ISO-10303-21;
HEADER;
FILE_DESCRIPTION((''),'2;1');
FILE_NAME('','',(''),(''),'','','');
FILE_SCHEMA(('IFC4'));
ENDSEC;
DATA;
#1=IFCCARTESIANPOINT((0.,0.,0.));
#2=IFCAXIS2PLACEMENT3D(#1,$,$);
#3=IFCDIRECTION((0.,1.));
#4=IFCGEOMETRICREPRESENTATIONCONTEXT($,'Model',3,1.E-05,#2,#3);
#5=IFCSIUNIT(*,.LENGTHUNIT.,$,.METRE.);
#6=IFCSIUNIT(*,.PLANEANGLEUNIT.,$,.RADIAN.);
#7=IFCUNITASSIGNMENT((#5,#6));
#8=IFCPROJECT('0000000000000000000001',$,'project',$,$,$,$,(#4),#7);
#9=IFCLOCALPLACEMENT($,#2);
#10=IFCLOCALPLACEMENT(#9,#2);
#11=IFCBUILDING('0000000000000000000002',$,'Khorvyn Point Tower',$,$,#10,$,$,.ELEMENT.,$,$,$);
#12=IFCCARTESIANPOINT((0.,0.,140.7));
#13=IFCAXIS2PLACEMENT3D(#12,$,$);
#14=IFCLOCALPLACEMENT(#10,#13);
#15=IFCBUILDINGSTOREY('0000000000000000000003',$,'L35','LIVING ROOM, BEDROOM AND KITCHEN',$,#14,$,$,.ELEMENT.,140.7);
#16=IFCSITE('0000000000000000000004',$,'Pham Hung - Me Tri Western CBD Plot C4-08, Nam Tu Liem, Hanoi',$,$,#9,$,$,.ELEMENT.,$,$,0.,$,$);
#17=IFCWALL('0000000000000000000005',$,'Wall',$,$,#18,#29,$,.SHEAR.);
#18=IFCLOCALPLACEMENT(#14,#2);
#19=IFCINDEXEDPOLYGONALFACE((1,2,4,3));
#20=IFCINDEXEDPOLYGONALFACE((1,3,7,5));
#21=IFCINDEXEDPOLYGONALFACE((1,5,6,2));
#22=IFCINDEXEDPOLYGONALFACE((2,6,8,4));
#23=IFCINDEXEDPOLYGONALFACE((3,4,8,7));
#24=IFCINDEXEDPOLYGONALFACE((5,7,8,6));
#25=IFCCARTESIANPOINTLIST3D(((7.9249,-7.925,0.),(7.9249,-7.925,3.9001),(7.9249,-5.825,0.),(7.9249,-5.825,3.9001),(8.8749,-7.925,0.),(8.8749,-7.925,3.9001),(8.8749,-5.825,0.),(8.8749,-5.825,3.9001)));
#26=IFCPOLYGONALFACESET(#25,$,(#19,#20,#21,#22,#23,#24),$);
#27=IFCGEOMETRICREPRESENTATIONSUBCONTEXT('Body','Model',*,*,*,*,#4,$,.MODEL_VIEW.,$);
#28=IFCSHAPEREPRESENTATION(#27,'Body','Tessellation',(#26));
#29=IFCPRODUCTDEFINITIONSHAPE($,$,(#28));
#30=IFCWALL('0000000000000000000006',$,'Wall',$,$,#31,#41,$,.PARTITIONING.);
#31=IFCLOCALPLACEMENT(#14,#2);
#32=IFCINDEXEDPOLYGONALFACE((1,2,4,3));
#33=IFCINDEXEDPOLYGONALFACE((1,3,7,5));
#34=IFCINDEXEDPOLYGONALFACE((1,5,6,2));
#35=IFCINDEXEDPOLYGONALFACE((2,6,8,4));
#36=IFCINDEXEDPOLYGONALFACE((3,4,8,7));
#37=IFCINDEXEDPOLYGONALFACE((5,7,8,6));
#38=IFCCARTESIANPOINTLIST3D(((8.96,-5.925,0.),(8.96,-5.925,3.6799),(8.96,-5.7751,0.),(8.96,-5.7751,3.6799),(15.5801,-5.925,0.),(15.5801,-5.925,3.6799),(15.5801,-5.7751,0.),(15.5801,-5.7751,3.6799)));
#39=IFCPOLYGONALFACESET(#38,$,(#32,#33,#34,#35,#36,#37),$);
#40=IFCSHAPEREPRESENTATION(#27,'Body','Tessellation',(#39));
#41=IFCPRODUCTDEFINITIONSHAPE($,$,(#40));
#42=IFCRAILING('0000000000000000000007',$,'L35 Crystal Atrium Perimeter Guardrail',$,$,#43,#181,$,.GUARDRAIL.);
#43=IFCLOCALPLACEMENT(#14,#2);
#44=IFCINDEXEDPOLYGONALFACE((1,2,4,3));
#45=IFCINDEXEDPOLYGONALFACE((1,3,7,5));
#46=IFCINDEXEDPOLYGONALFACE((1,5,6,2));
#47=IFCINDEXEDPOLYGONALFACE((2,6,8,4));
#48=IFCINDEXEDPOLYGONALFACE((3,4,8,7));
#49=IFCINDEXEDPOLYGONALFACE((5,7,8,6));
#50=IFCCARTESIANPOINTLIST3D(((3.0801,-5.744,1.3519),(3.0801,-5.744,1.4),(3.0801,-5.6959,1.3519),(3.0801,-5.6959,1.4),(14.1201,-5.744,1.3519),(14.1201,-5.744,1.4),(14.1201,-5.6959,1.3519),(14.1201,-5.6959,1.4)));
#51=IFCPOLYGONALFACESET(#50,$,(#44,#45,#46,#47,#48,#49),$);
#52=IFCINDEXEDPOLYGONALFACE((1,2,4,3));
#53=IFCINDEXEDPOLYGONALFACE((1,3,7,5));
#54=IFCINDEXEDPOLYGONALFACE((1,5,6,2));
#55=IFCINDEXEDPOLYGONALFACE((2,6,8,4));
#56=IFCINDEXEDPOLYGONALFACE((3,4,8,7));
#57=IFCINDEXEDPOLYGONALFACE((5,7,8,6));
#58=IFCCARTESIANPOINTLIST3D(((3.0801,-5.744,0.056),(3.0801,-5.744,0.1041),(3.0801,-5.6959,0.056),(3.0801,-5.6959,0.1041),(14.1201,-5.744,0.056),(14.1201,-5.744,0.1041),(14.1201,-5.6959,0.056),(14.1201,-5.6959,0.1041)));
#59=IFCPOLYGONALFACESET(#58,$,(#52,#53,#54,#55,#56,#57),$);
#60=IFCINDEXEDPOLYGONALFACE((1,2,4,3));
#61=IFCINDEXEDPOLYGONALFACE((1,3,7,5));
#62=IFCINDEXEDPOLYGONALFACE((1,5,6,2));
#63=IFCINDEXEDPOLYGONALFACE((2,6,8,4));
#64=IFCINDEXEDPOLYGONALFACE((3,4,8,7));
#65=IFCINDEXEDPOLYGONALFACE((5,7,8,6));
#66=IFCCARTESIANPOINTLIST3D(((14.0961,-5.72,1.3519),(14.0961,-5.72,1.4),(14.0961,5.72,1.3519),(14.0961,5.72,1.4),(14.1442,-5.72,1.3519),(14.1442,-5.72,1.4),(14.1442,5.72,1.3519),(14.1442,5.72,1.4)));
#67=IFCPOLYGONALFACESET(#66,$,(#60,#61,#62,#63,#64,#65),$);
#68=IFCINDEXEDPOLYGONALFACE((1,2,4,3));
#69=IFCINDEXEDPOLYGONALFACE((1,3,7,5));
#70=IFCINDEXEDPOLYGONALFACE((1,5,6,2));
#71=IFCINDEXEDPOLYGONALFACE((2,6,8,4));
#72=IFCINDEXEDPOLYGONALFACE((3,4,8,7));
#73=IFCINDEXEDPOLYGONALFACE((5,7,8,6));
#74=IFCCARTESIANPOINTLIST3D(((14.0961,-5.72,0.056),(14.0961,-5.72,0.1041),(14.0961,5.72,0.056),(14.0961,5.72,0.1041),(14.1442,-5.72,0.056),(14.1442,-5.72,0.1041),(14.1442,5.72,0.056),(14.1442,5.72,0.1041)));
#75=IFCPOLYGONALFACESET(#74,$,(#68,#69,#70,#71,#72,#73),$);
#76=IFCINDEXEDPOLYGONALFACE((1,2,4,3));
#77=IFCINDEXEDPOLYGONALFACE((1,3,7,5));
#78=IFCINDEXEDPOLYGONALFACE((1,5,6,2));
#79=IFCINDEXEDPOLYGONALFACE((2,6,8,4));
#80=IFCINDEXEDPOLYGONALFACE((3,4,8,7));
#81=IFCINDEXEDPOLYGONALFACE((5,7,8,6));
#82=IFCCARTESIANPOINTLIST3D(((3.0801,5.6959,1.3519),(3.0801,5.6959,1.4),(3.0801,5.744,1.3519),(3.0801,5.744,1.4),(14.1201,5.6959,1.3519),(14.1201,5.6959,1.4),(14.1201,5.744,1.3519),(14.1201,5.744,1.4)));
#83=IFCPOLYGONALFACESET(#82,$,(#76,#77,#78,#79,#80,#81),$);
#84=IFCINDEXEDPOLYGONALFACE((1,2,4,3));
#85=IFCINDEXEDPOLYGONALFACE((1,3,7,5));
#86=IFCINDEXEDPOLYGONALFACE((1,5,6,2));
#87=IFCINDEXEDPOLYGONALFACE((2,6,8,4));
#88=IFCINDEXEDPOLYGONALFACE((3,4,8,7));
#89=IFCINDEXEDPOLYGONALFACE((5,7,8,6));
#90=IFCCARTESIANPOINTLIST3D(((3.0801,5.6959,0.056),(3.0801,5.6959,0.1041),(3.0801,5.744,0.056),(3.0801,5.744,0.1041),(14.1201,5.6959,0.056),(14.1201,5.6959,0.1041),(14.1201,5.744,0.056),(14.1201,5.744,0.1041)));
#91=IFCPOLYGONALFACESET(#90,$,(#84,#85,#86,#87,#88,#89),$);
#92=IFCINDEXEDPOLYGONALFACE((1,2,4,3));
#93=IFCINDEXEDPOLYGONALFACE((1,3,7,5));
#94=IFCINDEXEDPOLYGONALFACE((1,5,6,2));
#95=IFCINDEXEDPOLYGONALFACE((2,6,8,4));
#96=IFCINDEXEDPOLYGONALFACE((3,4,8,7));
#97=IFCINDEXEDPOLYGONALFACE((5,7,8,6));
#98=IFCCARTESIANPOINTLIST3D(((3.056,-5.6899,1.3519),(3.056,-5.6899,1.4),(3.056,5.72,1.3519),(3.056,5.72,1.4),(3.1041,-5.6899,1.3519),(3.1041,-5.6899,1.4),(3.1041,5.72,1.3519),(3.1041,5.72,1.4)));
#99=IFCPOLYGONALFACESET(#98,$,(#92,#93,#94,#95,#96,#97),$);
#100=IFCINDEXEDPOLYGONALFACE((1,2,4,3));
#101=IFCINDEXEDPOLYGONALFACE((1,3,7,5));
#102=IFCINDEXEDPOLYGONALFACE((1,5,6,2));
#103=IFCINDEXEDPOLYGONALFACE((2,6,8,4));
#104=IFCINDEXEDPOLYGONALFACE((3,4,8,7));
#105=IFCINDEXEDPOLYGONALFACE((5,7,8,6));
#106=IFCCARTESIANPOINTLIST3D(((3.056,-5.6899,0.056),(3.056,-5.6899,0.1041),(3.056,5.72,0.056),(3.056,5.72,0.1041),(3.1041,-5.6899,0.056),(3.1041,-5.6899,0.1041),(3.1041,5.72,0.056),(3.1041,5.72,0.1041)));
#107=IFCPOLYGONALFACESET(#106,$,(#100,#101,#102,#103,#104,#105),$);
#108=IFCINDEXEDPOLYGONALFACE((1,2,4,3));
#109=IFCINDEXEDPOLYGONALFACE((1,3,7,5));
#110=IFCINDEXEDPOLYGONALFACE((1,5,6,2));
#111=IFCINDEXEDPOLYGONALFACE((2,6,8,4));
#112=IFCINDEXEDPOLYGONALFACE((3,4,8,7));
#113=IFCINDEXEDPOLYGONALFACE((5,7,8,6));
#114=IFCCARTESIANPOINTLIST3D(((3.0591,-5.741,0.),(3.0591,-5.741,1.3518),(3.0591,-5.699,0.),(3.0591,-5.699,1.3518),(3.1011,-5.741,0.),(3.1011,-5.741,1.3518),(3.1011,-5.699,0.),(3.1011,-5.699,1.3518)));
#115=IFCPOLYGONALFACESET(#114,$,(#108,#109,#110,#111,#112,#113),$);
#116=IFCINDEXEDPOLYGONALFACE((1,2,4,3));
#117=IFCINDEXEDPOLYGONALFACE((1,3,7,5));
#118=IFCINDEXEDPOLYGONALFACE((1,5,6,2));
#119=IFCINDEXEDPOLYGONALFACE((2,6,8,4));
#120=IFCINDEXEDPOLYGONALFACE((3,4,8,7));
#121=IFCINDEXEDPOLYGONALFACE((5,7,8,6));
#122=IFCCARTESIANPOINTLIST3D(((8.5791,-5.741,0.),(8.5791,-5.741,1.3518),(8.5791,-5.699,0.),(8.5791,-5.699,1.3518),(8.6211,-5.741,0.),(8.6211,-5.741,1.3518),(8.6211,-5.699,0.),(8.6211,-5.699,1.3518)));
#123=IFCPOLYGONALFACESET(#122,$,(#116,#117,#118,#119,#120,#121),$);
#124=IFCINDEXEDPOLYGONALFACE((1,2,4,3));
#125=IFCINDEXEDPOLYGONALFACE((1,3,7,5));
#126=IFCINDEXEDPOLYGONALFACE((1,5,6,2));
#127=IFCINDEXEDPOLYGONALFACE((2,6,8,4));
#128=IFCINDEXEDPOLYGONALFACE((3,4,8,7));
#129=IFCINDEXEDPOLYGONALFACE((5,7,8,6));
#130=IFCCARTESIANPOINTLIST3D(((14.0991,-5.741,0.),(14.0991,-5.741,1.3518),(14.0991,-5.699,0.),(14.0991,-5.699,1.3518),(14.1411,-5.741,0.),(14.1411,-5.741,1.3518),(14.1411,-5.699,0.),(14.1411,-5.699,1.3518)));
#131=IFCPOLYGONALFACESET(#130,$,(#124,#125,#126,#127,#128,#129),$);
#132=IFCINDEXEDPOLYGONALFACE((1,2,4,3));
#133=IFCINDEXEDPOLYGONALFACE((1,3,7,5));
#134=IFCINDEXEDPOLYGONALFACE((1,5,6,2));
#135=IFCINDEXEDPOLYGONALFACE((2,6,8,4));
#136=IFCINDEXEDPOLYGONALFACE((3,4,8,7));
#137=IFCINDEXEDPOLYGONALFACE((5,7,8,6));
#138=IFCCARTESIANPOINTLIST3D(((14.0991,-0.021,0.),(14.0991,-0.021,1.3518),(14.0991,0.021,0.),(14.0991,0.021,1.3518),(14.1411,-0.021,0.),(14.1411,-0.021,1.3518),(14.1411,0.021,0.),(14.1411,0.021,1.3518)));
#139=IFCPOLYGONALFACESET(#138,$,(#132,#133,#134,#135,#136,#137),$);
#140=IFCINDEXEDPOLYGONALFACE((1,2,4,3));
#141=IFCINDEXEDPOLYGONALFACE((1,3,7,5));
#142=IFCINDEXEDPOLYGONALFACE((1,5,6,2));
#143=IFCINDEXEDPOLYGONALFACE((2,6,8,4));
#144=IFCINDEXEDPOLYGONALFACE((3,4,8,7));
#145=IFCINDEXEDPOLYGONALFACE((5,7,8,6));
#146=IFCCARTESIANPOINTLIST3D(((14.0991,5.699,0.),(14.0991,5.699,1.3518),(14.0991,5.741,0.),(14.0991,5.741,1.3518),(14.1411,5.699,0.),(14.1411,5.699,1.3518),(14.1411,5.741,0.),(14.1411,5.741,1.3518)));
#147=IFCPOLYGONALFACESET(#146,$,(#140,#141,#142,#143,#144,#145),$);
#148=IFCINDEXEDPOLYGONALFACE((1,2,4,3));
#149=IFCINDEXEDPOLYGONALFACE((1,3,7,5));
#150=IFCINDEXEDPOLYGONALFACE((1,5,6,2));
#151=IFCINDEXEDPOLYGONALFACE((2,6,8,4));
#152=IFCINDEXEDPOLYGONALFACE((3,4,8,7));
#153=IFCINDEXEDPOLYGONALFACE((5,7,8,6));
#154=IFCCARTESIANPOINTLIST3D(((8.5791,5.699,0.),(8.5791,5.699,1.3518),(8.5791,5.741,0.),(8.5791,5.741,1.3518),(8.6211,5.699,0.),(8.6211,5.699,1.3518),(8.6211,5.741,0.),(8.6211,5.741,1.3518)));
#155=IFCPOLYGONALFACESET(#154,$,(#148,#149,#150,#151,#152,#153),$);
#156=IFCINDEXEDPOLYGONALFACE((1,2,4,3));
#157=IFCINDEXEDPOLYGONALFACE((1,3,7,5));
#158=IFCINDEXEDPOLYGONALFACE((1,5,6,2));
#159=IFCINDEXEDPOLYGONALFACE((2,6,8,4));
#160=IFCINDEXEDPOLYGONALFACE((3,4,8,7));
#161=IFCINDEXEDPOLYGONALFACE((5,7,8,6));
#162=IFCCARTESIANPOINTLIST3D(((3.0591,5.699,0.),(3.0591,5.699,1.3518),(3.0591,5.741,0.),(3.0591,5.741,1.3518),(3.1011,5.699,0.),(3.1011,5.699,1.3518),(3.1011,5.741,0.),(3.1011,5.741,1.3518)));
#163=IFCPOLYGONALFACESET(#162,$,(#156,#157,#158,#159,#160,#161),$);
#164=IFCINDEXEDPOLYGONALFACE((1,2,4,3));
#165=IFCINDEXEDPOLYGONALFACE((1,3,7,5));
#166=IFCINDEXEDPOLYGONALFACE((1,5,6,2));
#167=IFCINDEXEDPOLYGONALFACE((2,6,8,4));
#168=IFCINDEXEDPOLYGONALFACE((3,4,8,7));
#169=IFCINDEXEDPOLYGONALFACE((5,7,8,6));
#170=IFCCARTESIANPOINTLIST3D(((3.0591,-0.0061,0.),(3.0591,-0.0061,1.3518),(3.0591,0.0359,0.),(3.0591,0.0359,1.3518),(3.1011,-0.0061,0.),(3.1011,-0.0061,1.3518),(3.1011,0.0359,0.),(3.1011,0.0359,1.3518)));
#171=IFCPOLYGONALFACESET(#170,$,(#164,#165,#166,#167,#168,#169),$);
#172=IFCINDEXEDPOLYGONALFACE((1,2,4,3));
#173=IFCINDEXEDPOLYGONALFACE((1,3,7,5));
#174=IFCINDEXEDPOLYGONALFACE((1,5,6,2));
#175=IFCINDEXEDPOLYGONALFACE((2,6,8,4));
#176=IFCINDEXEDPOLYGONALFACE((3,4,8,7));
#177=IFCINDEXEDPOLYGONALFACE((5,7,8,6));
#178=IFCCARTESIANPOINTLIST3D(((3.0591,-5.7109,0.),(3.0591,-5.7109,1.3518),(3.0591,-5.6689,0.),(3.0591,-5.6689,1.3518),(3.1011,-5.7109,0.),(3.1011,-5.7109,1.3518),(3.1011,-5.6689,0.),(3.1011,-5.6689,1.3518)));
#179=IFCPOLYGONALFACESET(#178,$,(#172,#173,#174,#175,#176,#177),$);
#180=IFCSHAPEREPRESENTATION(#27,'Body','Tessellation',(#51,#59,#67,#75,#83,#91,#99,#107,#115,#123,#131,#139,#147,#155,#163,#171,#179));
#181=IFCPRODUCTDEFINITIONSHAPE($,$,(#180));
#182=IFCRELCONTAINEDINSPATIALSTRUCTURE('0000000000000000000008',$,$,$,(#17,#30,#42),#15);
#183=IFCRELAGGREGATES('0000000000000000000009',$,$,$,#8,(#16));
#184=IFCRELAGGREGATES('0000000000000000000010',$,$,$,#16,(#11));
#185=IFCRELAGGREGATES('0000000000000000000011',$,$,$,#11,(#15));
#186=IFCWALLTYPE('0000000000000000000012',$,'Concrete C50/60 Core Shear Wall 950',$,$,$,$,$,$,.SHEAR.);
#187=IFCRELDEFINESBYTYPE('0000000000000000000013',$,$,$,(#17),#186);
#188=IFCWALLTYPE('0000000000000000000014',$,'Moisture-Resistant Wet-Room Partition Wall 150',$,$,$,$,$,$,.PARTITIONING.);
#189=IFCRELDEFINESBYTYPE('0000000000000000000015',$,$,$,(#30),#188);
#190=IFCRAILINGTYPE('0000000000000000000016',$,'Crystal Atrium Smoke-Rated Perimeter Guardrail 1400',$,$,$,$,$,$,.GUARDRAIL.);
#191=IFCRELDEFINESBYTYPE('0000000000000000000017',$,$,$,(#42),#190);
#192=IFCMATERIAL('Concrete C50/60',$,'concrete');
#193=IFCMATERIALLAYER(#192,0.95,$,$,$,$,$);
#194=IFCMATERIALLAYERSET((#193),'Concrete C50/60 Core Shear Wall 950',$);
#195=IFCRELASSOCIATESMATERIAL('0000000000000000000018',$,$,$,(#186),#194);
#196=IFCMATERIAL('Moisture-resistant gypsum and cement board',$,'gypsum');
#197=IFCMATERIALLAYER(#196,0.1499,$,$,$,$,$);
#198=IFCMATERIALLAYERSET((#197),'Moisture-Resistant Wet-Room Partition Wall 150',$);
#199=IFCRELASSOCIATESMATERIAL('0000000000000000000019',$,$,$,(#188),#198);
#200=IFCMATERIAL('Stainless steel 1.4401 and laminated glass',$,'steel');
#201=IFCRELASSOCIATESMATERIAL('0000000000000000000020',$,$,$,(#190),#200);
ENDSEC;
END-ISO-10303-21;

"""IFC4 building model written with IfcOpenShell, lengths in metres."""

from ifc_helpers import new_model, si_unit, direction, frame, frame_2d, origin, origin_2d, place, context, subcontext, project, spatial, rectangle, extrude, material, layer, layer_set, type_object, element, save


model = new_model("IFC4")

# Units and contexts
model_context = context("Model", 3, precision=1e-05, world=origin(), true_north=direction((0.0, 1.0)))
body_context = subcontext(model_context, "Body", "Model", "MODEL_VIEW")
ifc_project = project(units=[si_unit("LENGTHUNIT", "METRE"), si_unit("PLANEANGLEUNIT", "RADIAN")], contexts=[model_context])

# Site, building, storey
site_placement = place(None, origin())
site = spatial("IfcSite", under=ifc_project, at=site_placement, Name="Pham Hung - Me Tri Western CBD Plot C4-08, Nam Tu Liem, Hanoi", CompositionType="ELEMENT", RefElevation=0.0)
building_placement = place(site_placement, origin())
building = spatial("IfcBuilding", under=site, at=building_placement, Name="Khorvyn Point Tower", CompositionType="ELEMENT")
storey_placement = place(building_placement, frame((0.0, 0.0, 140.7)))
storey = spatial("IfcBuildingStorey", under=building, at=storey_placement, Name="L35", Description="LIVING ROOM, BEDROOM AND KITCHEN", CompositionType="ELEMENT", Elevation=140.7)

# Shared definitions
ifc_material_1 = material(Name="Concrete C50/60", Category="concrete")

# Walls
ifc_layer_1 = layer(ifc_material_1, 0.95)
ifc_layer_set_1 = layer_set([ifc_layer_1], Name="Concrete C50/60 Core Shear Wall 950")
wall_type_1 = type_object("IfcWallType", Name="Concrete C50/60 Core Shear Wall 950", PredefinedType="SHEAR", material=ifc_layer_set_1)
wall_1_placement = place(storey_placement, frame((8.3999, -7.925, 0.0), z_axis=(0.0, 0.0, 1.0), x_axis=(0.0, 1.0, 0.0)))
element("IfcWall", 1, at=wall_1_placement, inside=storey, type_object=wall_type_1, Name="Wall", PredefinedType="SHEAR", context=body_context, shape_type="SweptSolid", body=[
    extrude(rectangle(XDim=2.1001, YDim=0.95, at=frame_2d((1.05, 0.0))), origin(), (0.0, 0.0, 1.0), 3.9001),
])
ifc_material_2 = material(Name="Moisture-resistant gypsum and cement board", Category="gypsum")
ifc_layer_2 = layer(ifc_material_2, 0.1499)
ifc_layer_set_2 = layer_set([ifc_layer_2], Name="Moisture-Resistant Wet-Room Partition Wall 150")
wall_type_2 = type_object("IfcWallType", Name="Moisture-Resistant Wet-Room Partition Wall 150", PredefinedType="PARTITIONING", material=ifc_layer_set_2)
wall_2_placement = place(storey_placement, frame((8.96, -5.8501, 0.0), z_axis=(0.0, 0.0, 1.0), x_axis=(1.0, 0.0, 0.0)))
element("IfcWall", 2, at=wall_2_placement, inside=storey, type_object=wall_type_2, Name="Wall", PredefinedType="PARTITIONING", context=body_context, shape_type="SweptSolid", body=[
    extrude(rectangle(XDim=6.6201, YDim=0.1499, at=frame_2d((3.3101, 0.0))), origin(), (0.0, 0.0, 1.0), 3.6799),
])

# Railing
ifc_material_3 = material(Name="Stainless steel 1.4401 and laminated glass", Category="steel")
railing_type = type_object("IfcRailingType", Name="Crystal Atrium Smoke-Rated Perimeter Guardrail 1400", PredefinedType="GUARDRAIL", material=ifc_material_3)
railing_placement = place(storey_placement, frame((3.0801, -5.72, 0.0)))
element("IfcRailing", 3, at=railing_placement, inside=storey, type_object=railing_type, Name="L35 Crystal Atrium Perimeter Guardrail", PredefinedType="GUARDRAIL", context=body_context, shape_type="SweptSolid", body=[
    extrude(rectangle(XDim=0.0481, YDim=0.0481, at=origin_2d()), frame((0.0, 0.0, 1.376), z_axis=(1.0, 0.0, 0.0), x_axis=(0.0, 1.0, 0.0)), (0.0, 0.0, 1.0), 11.04),
    extrude(rectangle(XDim=0.0481, YDim=0.0481, at=origin_2d()), frame((0.0, 0.0, 0.0801), z_axis=(1.0, 0.0, 0.0), x_axis=(0.0, 1.0, 0.0)), (0.0, 0.0, 1.0), 11.04),
    extrude(rectangle(XDim=0.0481, YDim=0.0481, at=origin_2d()), frame((11.04, 0.0, 1.376), z_axis=(0.0, 1.0, 0.0), x_axis=(-1.0, 0.0, 0.0)), (0.0, 0.0, 1.0), 11.4399),
    extrude(rectangle(XDim=0.0481, YDim=0.0481, at=origin_2d()), frame((11.04, 0.0, 0.0801), z_axis=(0.0, 1.0, 0.0), x_axis=(-1.0, 0.0, 0.0)), (0.0, 0.0, 1.0), 11.4399),
    extrude(rectangle(XDim=0.0481, YDim=0.0481, at=origin_2d()), frame((11.04, 11.4399, 1.376), z_axis=(-1.0, 0.0, 0.0), x_axis=(0.0, -1.0, 0.0)), (0.0, 0.0, 1.0), 11.04),
    extrude(rectangle(XDim=0.0481, YDim=0.0481, at=origin_2d()), frame((11.04, 11.4399, 0.0801), z_axis=(-1.0, 0.0, 0.0), x_axis=(0.0, -1.0, 0.0)), (0.0, 0.0, 1.0), 11.04),
    extrude(rectangle(XDim=0.0481, YDim=0.0481, at=origin_2d()), frame((0.0, 11.4399, 1.376), z_axis=(0.0, -1.0, 0.0), x_axis=(1.0, 0.0, 0.0)), (0.0, 0.0, 1.0), 11.4099),
    extrude(rectangle(XDim=0.0481, YDim=0.0481, at=origin_2d()), frame((0.0, 11.4399, 0.0801), z_axis=(0.0, -1.0, 0.0), x_axis=(1.0, 0.0, 0.0)), (0.0, 0.0, 1.0), 11.4099),
    extrude(rectangle(XDim=0.042, YDim=0.042, at=origin_2d()), origin(), (0.0, 0.0, 1.0), 1.3518),
    extrude(rectangle(XDim=0.042, YDim=0.042, at=origin_2d()), frame((5.52, 0.0, 0.0)), (0.0, 0.0, 1.0), 1.3518),
    extrude(rectangle(XDim=0.042, YDim=0.042, at=origin_2d()), frame((11.04, 0.0, 0.0)), (0.0, 0.0, 1.0), 1.3518),
    extrude(rectangle(XDim=0.042, YDim=0.042, at=origin_2d()), frame((11.04, 5.72, 0.0)), (0.0, 0.0, 1.0), 1.3518),
    extrude(rectangle(XDim=0.042, YDim=0.042, at=origin_2d()), frame((11.04, 11.4399, 0.0)), (0.0, 0.0, 1.0), 1.3518),
    extrude(rectangle(XDim=0.042, YDim=0.042, at=origin_2d()), frame((5.52, 11.4399, 0.0)), (0.0, 0.0, 1.0), 1.3518),
    extrude(rectangle(XDim=0.042, YDim=0.042, at=origin_2d()), frame((0.0, 11.4399, 0.0)), (0.0, 0.0, 1.0), 1.3518),
    extrude(rectangle(XDim=0.042, YDim=0.042, at=origin_2d()), frame((0.0, 5.7349, 0.0)), (0.0, 0.0, 1.0), 1.3518),
    extrude(rectangle(XDim=0.042, YDim=0.042, at=origin_2d()), frame((0.0, 0.03, 0.0)), (0.0, 0.0, 1.0), 1.3518),
])

save(model, "model.ifc")
